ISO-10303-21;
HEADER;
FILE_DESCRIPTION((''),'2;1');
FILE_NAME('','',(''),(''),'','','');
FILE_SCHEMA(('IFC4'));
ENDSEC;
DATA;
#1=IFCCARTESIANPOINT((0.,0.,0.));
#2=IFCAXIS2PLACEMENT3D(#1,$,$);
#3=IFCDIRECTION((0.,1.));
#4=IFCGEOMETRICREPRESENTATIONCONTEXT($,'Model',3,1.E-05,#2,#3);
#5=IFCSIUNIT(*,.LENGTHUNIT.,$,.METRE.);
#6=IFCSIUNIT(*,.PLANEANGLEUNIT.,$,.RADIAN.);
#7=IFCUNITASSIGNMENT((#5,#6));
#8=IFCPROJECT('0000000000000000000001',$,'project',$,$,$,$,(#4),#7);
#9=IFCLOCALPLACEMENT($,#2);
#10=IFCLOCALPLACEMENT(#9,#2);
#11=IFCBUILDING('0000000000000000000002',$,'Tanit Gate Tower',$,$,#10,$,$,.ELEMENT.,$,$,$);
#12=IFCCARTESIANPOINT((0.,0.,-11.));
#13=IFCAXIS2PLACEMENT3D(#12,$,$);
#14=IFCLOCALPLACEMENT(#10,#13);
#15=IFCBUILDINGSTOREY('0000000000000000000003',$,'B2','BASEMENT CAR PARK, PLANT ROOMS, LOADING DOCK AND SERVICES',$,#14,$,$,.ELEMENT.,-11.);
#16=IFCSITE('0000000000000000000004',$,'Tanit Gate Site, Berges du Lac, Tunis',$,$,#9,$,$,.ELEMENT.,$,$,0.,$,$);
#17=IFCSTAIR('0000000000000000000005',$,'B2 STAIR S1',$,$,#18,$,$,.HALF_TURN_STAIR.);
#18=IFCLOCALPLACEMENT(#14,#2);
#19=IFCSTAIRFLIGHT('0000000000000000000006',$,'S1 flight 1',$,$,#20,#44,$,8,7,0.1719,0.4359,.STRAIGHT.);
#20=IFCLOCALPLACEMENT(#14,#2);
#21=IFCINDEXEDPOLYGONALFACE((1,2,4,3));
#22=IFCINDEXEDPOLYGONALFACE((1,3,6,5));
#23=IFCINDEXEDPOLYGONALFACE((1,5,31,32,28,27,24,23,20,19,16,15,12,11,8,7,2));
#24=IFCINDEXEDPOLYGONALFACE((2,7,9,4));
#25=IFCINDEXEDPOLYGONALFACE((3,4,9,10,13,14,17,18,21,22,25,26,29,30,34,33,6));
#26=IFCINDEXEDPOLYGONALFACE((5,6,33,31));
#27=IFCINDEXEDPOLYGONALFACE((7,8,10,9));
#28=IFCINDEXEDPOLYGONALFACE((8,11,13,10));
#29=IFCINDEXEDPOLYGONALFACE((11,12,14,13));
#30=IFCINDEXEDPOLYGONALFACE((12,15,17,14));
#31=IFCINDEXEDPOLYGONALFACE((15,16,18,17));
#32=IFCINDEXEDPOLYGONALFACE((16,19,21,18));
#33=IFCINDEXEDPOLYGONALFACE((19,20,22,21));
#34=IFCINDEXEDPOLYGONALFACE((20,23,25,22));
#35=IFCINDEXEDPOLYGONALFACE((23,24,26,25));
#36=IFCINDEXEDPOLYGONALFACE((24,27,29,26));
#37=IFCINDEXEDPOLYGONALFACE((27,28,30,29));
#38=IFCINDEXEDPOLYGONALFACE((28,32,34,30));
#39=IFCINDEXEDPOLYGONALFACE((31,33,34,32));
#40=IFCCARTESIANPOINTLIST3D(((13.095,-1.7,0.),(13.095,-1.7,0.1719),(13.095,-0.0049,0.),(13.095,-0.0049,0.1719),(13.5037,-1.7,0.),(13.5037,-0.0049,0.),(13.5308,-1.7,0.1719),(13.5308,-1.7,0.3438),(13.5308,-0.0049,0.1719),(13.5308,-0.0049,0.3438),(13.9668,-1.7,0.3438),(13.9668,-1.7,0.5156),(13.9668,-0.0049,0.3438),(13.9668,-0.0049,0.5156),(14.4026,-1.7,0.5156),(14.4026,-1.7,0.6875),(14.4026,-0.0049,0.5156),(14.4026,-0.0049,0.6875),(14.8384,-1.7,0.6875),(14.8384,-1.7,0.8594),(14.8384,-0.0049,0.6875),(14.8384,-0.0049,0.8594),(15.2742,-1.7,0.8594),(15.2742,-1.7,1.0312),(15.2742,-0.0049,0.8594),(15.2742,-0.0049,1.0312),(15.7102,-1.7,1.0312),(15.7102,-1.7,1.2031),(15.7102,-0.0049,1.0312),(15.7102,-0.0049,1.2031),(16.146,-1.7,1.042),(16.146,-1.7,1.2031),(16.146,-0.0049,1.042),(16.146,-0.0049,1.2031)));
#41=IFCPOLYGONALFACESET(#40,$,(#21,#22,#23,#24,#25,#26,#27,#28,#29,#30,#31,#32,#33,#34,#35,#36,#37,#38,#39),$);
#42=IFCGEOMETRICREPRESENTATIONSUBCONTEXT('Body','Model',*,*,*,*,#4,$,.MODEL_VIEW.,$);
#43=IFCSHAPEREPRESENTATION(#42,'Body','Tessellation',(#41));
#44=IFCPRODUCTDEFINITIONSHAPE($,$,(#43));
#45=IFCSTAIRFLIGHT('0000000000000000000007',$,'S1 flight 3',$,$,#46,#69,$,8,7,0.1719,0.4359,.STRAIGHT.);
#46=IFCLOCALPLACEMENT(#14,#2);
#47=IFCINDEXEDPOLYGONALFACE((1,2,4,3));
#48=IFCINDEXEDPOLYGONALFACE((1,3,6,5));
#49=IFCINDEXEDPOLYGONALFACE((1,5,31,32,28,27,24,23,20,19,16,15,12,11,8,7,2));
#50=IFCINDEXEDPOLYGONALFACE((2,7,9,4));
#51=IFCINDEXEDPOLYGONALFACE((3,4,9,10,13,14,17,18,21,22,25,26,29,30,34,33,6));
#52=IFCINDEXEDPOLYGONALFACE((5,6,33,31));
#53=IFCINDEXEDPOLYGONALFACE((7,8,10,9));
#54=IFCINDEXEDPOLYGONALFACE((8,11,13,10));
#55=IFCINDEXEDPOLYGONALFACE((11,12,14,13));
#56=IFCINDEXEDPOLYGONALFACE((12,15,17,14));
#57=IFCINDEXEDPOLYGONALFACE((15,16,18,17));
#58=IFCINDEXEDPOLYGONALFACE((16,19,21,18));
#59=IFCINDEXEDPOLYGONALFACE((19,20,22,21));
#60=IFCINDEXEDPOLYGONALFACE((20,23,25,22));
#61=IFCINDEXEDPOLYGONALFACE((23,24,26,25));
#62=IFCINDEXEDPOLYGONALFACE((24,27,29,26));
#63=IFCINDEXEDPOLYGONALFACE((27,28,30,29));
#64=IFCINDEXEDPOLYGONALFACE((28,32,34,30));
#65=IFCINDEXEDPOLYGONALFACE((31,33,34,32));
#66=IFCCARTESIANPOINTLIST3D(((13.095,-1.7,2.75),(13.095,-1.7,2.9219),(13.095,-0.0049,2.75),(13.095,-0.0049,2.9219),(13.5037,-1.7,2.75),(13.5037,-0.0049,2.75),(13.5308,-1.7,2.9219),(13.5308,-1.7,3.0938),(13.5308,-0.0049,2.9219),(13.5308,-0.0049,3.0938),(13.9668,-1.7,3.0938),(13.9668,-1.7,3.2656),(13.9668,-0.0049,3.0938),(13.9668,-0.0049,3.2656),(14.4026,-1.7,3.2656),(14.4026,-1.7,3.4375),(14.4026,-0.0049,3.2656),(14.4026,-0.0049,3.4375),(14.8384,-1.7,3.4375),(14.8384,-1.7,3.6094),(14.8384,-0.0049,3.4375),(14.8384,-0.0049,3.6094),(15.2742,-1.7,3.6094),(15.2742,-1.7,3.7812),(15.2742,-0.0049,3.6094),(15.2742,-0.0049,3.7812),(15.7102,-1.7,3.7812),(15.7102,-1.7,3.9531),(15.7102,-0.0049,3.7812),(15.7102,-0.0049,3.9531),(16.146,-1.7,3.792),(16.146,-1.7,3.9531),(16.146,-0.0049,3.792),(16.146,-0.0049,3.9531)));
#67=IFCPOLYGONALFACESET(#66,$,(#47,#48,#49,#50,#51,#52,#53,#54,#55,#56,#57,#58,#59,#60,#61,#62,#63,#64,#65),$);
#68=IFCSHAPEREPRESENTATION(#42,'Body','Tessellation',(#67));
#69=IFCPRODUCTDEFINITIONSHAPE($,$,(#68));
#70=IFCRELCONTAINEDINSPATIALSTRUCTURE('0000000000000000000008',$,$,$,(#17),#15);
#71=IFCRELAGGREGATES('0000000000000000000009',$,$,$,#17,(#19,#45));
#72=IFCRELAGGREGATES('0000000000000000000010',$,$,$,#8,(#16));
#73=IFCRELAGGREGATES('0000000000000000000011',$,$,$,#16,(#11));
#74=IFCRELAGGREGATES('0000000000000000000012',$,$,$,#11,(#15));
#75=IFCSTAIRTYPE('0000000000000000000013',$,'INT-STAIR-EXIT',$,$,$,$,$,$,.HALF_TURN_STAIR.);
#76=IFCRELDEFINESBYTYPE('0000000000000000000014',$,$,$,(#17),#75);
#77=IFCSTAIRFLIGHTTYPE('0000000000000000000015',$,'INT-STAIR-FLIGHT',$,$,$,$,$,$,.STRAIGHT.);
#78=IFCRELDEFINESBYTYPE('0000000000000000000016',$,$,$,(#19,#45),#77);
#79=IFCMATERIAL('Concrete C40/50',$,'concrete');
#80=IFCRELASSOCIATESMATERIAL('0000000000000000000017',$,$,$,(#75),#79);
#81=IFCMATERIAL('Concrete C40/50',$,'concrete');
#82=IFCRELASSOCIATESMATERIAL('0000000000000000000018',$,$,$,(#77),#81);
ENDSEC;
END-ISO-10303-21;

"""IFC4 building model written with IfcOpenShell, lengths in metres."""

from ifc_helpers import new_model, si_unit, direction, frame, origin, place, context, subcontext, project, spatial, polyline, outline, extrude, material, type_object, element, aggregate, save


model = new_model("IFC4")

# Units and contexts
model_context = context("Model", 3, precision=1e-05, world=origin(), true_north=direction((0.0, 1.0)))
body_context = subcontext(model_context, "Body", "Model", "MODEL_VIEW")
ifc_project = project(units=[si_unit("LENGTHUNIT", "METRE"), si_unit("PLANEANGLEUNIT", "RADIAN")], contexts=[model_context])

# Site, building, storey
site_placement = place(None, origin())
site = spatial("IfcSite", under=ifc_project, at=site_placement, Name="Tanit Gate Site, Berges du Lac, Tunis", CompositionType="ELEMENT", RefElevation=0.0)
building_placement = place(site_placement, origin())
building = spatial("IfcBuilding", under=site, at=building_placement, Name="Tanit Gate Tower", CompositionType="ELEMENT")
storey_placement = place(building_placement, frame((0.0, 0.0, -11.0)))
storey = spatial("IfcBuildingStorey", under=building, at=storey_placement, Name="B2", Description="BASEMENT CAR PARK, PLANT ROOMS, LOADING DOCK AND SERVICES", CompositionType="ELEMENT", Elevation=-11.0)

# Stair, stair flights
ifc_material_1 = material(Name="Concrete C40/50", Category="concrete")
stair_type = type_object("IfcStairType", Name="INT-STAIR-EXIT", PredefinedType="HALF_TURN_STAIR", material=ifc_material_1)
stair_placement = place(storey_placement, origin())
stair = element("IfcStair", 1, at=stair_placement, inside=storey, type_object=stair_type, Name="B2 STAIR S1", PredefinedType="HALF_TURN_STAIR")
ifc_material_2 = material(Name="Concrete C40/50", Category="concrete")
stair_flight_type = type_object("IfcStairFlightType", Name="INT-STAIR-FLIGHT", PredefinedType="STRAIGHT", material=ifc_material_2)
stair_flight_1_placement = place(storey_placement, frame((13.095, -0.8525, 0.0), z_axis=(0.0, 0.0, 1.0), x_axis=(1.0, 0.0, 0.0)))
stair_flight_1 = element("IfcStairFlight", 2, at=stair_flight_1_placement, type_object=stair_flight_type, Name="S1 flight 1", NumberOfRisers=8, NumberOfTreads=7, PredefinedType="STRAIGHT", RiserHeight=0.1719, TreadLength=0.4359, context=body_context, shape_type="SweptSolid", body=[
    extrude(outline(polyline([(0.0, 0.0), (0.0, 0.1719), (0.4358, 0.1719), (0.4358, 0.3438), (0.8718, 0.3438), (0.8718, 0.5156), (1.3076, 0.5156), (1.3076, 0.6875), (1.7434, 0.6875), (1.7434, 0.8594), (2.1792, 0.8594), (2.1792, 1.0312), (2.6152, 1.0312), (2.6152, 1.2031), (3.051, 1.2031), (3.051, 1.375), (3.051, 1.042), (0.4087, 0.0), (0.0, 0.0)])), frame((0.0, 0.8477, 0.0), z_axis=(0.0, -1.0, 0.0), x_axis=(1.0, 0.0, 0.0)), (0.0, 0.0, 1.0), 1.6951),
])
stair_flight_2_placement = place(storey_placement, frame((13.095, -0.8525, 2.75), z_axis=(0.0, 0.0, 1.0), x_axis=(1.0, 0.0, 0.0)))
stair_flight_2 = element("IfcStairFlight", 3, at=stair_flight_2_placement, type_object=stair_flight_type, Name="S1 flight 3", NumberOfRisers=8, NumberOfTreads=7, PredefinedType="STRAIGHT", RiserHeight=0.1719, TreadLength=0.4359, context=body_context, shape_type="SweptSolid", body=[
    extrude(outline(polyline([(0.0, 0.0), (0.0, 0.1719), (0.4358, 0.1719), (0.4358, 0.3438), (0.8718, 0.3438), (0.8718, 0.5156), (1.3076, 0.5156), (1.3076, 0.6875), (1.7434, 0.6875), (1.7434, 0.8594), (2.1792, 0.8594), (2.1792, 1.0312), (2.6152, 1.0312), (2.6152, 1.2031), (3.051, 1.2031), (3.051, 1.375), (3.051, 1.042), (0.4087, 0.0), (0.0, 0.0)])), frame((0.0, 0.8477, 0.0), z_axis=(0.0, -1.0, 0.0), x_axis=(1.0, 0.0, 0.0)), (0.0, 0.0, 1.0), 1.6951),
])
aggregate(stair, [stair_flight_1, stair_flight_2])

save(model, "model.ifc")
